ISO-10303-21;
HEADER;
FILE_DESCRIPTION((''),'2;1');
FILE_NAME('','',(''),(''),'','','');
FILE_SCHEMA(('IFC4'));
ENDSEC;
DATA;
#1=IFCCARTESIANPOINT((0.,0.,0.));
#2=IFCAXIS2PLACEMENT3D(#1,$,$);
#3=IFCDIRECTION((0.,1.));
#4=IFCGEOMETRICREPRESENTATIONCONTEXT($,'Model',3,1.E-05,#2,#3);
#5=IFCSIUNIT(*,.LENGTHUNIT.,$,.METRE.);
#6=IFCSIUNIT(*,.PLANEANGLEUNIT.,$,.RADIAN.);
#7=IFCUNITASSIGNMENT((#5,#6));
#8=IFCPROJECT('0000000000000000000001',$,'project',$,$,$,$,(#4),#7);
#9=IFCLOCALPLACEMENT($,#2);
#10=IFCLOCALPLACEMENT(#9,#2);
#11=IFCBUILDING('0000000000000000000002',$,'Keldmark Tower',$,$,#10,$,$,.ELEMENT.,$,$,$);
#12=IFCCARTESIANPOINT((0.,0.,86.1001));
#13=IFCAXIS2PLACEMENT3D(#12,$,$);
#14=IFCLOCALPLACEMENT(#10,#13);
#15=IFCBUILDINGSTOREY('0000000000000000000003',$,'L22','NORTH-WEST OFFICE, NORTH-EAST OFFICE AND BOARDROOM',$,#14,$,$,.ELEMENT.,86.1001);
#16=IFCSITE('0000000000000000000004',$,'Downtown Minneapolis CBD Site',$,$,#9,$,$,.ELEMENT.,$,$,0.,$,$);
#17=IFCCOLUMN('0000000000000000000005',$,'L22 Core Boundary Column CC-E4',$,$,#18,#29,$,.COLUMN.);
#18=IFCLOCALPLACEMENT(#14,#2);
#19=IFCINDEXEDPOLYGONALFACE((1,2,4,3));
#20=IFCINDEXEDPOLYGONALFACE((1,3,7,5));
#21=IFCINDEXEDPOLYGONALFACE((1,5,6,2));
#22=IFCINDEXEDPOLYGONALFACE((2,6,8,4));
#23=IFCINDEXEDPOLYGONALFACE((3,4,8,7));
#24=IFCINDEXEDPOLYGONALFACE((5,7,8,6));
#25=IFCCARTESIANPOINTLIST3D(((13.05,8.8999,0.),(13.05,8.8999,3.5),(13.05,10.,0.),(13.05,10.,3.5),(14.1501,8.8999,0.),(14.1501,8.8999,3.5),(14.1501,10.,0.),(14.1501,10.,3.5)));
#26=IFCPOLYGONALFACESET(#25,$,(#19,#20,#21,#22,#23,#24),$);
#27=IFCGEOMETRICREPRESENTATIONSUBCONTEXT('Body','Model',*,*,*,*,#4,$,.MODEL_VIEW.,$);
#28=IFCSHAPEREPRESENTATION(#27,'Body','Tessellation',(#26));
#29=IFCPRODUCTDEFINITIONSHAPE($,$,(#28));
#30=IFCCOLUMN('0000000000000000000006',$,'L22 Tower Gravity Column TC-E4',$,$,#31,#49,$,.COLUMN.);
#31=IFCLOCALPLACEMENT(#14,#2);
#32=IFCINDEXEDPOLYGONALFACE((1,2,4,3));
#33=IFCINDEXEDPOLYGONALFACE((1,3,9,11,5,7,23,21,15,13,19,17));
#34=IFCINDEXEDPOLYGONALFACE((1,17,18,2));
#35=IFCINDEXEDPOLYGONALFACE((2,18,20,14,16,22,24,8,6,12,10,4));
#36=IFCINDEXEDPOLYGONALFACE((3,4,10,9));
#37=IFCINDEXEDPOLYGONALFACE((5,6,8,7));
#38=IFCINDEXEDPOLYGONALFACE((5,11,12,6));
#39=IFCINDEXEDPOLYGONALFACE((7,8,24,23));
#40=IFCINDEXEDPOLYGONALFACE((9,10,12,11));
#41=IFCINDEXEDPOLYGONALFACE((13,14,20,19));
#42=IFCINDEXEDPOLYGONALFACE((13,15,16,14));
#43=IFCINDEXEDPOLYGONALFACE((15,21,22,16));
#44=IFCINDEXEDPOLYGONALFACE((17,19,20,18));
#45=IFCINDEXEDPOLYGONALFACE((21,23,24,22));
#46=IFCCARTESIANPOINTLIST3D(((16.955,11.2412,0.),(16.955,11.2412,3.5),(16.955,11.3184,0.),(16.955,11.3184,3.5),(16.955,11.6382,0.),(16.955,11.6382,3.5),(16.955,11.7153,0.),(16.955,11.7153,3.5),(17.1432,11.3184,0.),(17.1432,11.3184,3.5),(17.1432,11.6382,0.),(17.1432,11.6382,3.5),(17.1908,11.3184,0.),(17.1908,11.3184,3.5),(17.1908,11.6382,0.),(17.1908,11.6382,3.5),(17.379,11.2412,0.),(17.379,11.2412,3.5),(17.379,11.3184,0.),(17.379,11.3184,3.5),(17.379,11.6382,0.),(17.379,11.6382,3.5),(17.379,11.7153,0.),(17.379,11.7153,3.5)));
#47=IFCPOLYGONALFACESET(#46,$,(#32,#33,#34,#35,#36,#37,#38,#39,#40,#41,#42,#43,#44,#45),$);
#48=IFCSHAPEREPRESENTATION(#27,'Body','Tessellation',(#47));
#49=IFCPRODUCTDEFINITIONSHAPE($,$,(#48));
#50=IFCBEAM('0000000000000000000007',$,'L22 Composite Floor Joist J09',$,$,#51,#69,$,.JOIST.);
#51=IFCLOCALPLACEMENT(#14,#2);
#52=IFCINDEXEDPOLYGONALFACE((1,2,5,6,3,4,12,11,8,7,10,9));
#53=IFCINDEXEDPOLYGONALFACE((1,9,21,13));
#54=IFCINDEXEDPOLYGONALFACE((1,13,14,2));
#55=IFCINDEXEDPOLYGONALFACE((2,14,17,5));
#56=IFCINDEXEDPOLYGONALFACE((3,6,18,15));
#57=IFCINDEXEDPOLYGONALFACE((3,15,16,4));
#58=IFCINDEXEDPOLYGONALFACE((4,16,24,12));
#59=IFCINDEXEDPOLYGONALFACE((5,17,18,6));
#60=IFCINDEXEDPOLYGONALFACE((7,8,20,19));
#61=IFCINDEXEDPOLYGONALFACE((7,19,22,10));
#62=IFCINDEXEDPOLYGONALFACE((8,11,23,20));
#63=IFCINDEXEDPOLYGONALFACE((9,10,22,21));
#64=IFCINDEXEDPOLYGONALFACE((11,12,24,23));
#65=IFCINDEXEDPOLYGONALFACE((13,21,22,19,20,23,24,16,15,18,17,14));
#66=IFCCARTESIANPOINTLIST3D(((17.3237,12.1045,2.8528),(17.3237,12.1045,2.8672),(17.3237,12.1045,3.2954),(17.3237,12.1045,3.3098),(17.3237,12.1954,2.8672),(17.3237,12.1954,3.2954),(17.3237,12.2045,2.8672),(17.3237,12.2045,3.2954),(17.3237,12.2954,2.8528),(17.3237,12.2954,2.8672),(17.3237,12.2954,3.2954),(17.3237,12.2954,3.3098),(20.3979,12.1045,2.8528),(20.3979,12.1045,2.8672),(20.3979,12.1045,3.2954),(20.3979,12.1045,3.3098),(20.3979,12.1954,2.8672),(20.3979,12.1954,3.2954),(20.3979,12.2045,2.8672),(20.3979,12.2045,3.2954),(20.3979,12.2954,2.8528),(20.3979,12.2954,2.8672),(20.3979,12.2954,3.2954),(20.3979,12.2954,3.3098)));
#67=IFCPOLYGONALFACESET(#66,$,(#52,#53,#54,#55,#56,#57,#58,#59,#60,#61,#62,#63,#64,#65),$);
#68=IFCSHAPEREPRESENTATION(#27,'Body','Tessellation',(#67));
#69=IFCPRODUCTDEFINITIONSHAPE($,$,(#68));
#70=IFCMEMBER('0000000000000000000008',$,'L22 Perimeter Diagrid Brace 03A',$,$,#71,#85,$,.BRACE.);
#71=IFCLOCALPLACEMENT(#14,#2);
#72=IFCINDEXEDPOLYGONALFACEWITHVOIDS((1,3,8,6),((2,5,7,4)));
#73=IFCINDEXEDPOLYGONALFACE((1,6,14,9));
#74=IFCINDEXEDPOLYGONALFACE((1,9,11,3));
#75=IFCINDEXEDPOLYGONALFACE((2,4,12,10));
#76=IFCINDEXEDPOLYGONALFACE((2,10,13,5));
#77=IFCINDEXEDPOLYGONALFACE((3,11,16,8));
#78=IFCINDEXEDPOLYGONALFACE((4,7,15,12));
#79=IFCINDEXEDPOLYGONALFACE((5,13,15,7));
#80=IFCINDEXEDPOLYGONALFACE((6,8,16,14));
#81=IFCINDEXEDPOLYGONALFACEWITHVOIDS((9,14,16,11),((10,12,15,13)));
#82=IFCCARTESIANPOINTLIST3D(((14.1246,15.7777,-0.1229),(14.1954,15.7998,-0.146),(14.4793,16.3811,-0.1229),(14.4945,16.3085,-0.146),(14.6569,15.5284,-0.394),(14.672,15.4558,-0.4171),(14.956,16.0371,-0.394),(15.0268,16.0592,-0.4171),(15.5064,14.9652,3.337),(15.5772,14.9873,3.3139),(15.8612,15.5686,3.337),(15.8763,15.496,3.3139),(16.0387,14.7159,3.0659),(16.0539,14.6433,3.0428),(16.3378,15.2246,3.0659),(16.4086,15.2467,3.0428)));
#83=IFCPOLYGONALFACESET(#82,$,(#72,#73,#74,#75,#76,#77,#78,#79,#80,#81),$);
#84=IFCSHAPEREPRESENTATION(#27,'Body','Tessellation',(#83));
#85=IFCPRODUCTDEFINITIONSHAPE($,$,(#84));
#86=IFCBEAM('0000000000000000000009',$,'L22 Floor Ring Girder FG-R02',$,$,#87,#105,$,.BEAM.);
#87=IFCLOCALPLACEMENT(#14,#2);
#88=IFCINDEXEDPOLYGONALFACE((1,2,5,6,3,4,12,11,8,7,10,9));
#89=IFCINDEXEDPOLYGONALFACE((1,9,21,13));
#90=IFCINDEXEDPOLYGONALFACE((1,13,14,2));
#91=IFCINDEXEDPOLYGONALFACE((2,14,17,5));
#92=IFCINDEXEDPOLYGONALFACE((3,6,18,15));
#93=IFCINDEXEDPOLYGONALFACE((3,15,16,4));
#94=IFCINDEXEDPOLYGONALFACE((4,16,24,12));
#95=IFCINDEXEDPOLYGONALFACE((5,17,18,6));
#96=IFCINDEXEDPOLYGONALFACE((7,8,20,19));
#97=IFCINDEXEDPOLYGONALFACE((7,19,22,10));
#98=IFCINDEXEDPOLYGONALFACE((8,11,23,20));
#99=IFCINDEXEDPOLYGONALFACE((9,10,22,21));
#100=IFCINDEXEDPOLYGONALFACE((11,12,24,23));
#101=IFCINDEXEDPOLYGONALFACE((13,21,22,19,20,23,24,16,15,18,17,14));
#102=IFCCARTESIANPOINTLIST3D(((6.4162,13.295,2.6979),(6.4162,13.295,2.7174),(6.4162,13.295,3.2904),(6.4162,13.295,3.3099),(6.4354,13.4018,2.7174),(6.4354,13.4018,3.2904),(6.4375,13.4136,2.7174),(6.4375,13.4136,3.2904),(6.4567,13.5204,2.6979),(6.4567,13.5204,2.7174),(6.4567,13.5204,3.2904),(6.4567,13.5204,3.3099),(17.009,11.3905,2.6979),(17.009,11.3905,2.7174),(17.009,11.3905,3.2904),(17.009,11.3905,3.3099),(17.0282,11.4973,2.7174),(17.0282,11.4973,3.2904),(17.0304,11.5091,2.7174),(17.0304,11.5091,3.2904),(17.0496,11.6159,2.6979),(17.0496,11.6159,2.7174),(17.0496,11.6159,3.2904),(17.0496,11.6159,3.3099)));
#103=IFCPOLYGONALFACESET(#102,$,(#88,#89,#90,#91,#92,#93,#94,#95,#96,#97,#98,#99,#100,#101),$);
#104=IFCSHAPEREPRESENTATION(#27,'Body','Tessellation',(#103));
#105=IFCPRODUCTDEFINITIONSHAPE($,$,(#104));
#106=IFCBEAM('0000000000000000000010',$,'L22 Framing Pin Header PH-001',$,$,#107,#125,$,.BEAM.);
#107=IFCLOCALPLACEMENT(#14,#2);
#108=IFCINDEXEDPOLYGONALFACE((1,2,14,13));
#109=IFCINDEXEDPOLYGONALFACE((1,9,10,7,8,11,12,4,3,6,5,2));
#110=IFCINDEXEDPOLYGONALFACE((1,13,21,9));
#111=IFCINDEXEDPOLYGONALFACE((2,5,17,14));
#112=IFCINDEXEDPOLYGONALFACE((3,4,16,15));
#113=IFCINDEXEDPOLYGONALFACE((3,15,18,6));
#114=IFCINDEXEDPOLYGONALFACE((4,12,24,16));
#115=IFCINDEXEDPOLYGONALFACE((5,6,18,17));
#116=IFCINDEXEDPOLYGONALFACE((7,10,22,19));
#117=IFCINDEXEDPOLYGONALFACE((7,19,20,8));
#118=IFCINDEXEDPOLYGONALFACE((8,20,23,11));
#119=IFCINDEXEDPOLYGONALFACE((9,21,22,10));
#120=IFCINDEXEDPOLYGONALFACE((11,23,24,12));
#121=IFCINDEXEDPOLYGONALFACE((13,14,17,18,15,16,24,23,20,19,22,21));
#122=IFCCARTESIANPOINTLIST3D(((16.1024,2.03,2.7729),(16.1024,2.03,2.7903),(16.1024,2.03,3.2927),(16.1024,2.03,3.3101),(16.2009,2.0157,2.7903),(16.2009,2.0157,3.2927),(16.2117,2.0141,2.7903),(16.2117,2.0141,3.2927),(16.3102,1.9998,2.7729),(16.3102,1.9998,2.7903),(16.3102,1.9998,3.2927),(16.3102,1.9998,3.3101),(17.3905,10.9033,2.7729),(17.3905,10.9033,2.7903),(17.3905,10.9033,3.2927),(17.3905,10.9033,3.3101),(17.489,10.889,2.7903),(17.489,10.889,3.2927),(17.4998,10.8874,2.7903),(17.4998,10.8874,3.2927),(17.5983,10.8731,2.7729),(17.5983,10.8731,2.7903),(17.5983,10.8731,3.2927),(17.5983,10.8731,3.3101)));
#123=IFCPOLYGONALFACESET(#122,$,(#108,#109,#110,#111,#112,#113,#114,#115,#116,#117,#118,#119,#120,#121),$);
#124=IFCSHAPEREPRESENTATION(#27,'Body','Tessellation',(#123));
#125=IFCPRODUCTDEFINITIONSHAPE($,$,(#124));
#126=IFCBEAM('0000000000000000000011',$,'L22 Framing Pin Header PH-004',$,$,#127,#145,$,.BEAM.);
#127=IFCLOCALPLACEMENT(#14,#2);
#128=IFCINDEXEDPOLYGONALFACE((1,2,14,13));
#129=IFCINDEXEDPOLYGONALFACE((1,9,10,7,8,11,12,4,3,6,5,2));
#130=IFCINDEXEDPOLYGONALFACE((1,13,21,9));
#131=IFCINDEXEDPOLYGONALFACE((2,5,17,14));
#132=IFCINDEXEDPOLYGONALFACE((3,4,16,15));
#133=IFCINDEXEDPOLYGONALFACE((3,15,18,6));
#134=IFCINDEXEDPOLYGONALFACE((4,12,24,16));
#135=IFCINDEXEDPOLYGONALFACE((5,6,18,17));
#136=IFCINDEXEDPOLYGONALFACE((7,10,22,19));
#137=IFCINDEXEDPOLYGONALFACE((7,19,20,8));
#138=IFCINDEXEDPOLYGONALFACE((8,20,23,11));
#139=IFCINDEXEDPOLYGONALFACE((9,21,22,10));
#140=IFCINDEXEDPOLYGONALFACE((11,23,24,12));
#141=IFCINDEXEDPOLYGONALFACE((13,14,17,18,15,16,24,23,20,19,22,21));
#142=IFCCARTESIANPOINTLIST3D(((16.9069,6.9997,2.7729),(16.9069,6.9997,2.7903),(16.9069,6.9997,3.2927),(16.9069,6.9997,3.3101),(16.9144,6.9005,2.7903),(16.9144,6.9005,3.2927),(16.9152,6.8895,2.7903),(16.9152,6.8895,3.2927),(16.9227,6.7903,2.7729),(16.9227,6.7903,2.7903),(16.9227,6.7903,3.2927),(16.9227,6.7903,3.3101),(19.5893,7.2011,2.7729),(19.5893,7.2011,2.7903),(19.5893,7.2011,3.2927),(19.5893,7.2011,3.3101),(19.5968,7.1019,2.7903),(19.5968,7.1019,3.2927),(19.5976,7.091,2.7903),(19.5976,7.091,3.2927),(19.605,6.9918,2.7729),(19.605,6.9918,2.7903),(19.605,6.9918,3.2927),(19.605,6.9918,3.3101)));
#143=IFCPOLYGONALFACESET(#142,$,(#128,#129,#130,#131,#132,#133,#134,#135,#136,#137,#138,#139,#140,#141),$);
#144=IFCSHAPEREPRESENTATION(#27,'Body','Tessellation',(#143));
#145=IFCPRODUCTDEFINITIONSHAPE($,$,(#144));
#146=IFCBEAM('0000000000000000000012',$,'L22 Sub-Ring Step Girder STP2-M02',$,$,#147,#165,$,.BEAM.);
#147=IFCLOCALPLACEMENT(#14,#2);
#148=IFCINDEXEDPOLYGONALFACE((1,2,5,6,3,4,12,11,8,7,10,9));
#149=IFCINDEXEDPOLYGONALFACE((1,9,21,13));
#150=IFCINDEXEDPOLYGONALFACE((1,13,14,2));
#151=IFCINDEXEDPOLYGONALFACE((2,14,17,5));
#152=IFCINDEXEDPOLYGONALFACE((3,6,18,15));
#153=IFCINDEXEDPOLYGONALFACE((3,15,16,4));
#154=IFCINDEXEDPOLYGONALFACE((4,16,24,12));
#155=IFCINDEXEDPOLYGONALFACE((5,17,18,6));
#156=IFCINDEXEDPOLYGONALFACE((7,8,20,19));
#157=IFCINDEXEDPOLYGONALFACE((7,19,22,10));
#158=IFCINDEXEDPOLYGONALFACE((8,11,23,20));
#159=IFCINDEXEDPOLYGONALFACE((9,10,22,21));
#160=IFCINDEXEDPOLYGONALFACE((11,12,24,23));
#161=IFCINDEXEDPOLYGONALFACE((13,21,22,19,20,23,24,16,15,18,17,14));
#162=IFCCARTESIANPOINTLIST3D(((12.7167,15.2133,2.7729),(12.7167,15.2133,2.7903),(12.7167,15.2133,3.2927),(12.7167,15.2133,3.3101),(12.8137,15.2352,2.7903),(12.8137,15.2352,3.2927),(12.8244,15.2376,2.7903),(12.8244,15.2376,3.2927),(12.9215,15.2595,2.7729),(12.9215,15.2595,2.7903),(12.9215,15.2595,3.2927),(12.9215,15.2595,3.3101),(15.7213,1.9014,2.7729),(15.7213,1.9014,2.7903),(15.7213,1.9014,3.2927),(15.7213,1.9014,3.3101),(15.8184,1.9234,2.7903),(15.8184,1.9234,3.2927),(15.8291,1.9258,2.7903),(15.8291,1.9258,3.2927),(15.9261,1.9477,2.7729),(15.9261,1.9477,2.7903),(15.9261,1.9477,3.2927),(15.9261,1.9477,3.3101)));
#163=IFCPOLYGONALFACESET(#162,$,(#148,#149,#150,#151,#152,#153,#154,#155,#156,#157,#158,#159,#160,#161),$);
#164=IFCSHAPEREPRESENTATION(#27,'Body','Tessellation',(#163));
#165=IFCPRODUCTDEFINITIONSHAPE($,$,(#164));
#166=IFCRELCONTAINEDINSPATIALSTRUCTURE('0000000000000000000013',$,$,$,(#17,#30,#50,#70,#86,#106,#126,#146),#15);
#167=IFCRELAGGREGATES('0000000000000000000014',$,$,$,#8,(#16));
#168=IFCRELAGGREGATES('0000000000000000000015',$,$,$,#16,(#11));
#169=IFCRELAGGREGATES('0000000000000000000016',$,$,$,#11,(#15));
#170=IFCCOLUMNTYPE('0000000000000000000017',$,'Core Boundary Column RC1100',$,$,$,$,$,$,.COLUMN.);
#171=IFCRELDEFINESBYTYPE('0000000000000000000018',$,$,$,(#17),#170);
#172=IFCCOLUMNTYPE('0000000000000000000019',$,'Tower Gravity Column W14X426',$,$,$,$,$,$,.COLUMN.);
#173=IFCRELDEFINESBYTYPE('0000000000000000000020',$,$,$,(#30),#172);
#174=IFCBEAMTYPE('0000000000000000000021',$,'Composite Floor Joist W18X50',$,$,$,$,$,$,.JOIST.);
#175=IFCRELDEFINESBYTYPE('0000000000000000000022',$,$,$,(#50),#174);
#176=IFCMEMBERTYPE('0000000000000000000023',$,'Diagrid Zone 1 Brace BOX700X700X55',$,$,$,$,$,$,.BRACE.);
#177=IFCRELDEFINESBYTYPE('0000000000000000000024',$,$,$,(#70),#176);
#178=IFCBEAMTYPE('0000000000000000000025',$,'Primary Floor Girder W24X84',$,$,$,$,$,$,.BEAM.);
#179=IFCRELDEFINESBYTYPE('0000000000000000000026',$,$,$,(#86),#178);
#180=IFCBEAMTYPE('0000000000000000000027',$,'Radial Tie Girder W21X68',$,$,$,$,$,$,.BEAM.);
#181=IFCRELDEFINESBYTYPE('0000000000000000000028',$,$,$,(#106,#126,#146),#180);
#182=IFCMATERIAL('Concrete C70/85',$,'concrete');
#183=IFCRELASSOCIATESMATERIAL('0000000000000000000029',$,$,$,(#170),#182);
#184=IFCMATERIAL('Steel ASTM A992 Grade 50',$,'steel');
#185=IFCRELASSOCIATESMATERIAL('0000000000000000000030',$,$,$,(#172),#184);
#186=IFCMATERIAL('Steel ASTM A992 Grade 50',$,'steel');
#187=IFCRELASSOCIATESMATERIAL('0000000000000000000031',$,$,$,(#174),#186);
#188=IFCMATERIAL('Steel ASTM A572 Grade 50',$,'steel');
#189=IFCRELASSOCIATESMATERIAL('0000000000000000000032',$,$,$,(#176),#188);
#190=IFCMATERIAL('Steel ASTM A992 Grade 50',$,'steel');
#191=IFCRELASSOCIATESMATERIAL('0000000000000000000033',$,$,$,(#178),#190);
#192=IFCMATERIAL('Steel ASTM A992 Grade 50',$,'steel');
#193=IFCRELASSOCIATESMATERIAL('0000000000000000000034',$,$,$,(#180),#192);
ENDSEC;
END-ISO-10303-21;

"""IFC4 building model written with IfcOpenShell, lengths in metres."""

from ifc_helpers import new_model, si_unit, direction, frame, origin, origin_2d, place, context, subcontext, project, spatial, rectangle, hollow_rectangle, i_section, extrude, material, material_profile, profile_set, type_object, element, save


model = new_model("IFC4")

# Units and contexts
model_context = context("Model", 3, precision=1e-05, world=origin(), true_north=direction((0.0, 1.0)))
body_context = subcontext(model_context, "Body", "Model", "MODEL_VIEW")
ifc_project = project(units=[si_unit("LENGTHUNIT", "METRE"), si_unit("PLANEANGLEUNIT", "RADIAN")], contexts=[model_context])

# Site, building, storey
site_placement = place(None, origin())
site = spatial("IfcSite", under=ifc_project, at=site_placement, Name="Downtown Minneapolis CBD Site", CompositionType="ELEMENT", RefElevation=0.0)
building_placement = place(site_placement, origin())
building = spatial("IfcBuilding", under=site, at=building_placement, Name="Keldmark Tower", CompositionType="ELEMENT")
storey_placement = place(building_placement, frame((0.0, 0.0, 86.1001)))
storey = spatial("IfcBuildingStorey", under=building, at=storey_placement, Name="L22", Description="NORTH-WEST OFFICE, NORTH-EAST OFFICE AND BOARDROOM", CompositionType="ELEMENT", Elevation=86.1001)

# Columns
ifc_material_1 = material(Name="Concrete C70/85", Category="concrete")
ifc_material_profile_1 = material_profile(ifc_material_1, rectangle(XDim=1.1001, YDim=1.1001, at=origin_2d()), Name="RC1100X1100")
ifc_profile_set_1 = profile_set([ifc_material_profile_1], Name="Concrete C70/85")
column_type_1 = type_object("IfcColumnType", Name="Core Boundary Column RC1100", PredefinedType="COLUMN", material=ifc_profile_set_1)
column_1_placement = place(storey_placement, frame((13.6001, 9.45, 0.0), z_axis=(0.0, 0.0, 1.0), x_axis=(1.0, 0.0, 0.0)))
element("IfcColumn", 1, at=column_1_placement, inside=storey, type_object=column_type_1, Name="L22 Core Boundary Column CC-E4", PredefinedType="COLUMN", context=body_context, shape_type="SweptSolid", body=[
    extrude(rectangle(XDim=1.1001, YDim=1.1001, at=origin_2d()), origin(), (0.0, 0.0, 1.0), 3.5),
])
ifc_material_2 = material(Name="Steel ASTM A992 Grade 50", Category="steel")
ifc_material_profile_2 = material_profile(ifc_material_2, i_section(OverallWidth=0.4241, OverallDepth=0.4741, WebThickness=0.0476, FlangeThickness=0.0771, at=origin_2d()), Name="W14X426")
ifc_profile_set_2 = profile_set([ifc_material_profile_2], Name="Steel ASTM A992 Grade 50")
column_type_2 = type_object("IfcColumnType", Name="Tower Gravity Column W14X426", PredefinedType="COLUMN", material=ifc_profile_set_2)
column_2_placement = place(storey_placement, frame((17.167, 11.4783, 0.0), z_axis=(0.0, 0.0, 1.0), x_axis=(1.0, 0.0, 0.0)))
element("IfcColumn", 2, at=column_2_placement, inside=storey, type_object=column_type_2, Name="L22 Tower Gravity Column TC-E4", PredefinedType="COLUMN", context=body_context, shape_type="SweptSolid", body=[
    extrude(i_section(OverallWidth=0.4241, OverallDepth=0.4741, WebThickness=0.0476, FlangeThickness=0.0771, at=origin_2d()), origin(), (0.0, 0.0, 1.0), 3.5),
])

# Beam
ifc_material_3 = material(Name="Steel ASTM A992 Grade 50", Category="steel")
ifc_material_profile_3 = material_profile(ifc_material_3, i_section(OverallWidth=0.1909, OverallDepth=0.457, WebThickness=0.009, FlangeThickness=0.0144, at=origin_2d()), Name="W18X50")
ifc_profile_set_3 = profile_set([ifc_material_profile_3], Name="Steel ASTM A992 Grade 50")
beam_type_1 = type_object("IfcBeamType", Name="Composite Floor Joist W18X50", PredefinedType="JOIST", material=ifc_profile_set_3)
beam_1_placement = place(storey_placement, frame((17.3237, 12.2, 3.0813), z_axis=(1.0, 0.0, 0.0), x_axis=(0.0, 1.0, 0.0)))
element("IfcBeam", 3, at=beam_1_placement, inside=storey, type_object=beam_type_1, Name="L22 Composite Floor Joist J09", PredefinedType="JOIST", context=body_context, shape_type="SweptSolid", body=[
    extrude(i_section(OverallWidth=0.1909, OverallDepth=0.457, WebThickness=0.009, FlangeThickness=0.0144, at=origin_2d()), origin(), (0.0, 0.0, 1.0), 3.0742),
])

# Member
ifc_material_4 = material(Name="Steel ASTM A572 Grade 50", Category="steel")
ifc_material_profile_4 = material_profile(ifc_material_4, hollow_rectangle(XDim=0.7, YDim=0.7, WallThickness=0.0549, at=origin_2d()), Name="BOX700X700X55")
ifc_profile_set_4 = profile_set([ifc_material_profile_4], Name="Steel ASTM A572 Grade 50")
member_type = type_object("IfcMemberType", Name="Diagrid Zone 1 Brace BOX700X700X55", PredefinedType="BRACE", material=ifc_profile_set_4)
member_placement = place(storey_placement, frame((14.5757, 15.9185, -0.27), z_axis=(0.362376, -0.213072, 0.90735), x_axis=(0.50686, 0.862028, 0.0)))
element("IfcMember", 4, at=member_placement, inside=storey, type_object=member_type, Name="L22 Perimeter Diagrid Brace 03A", PredefinedType="BRACE", context=body_context, shape_type="SweptSolid", body=[
    extrude(hollow_rectangle(XDim=0.7, YDim=0.7, WallThickness=0.0549, at=origin_2d()), origin(), (0.0, 0.0, 1.0), 3.8132),
])

# Beams
ifc_material_5 = material(Name="Steel ASTM A992 Grade 50", Category="steel")
ifc_material_profile_5 = material_profile(ifc_material_5, i_section(OverallWidth=0.229, OverallDepth=0.6121, WebThickness=0.012, FlangeThickness=0.0195, at=origin_2d()), Name="W24X84")
ifc_profile_set_5 = profile_set([ifc_material_profile_5], Name="Steel ASTM A992 Grade 50")
beam_type_2 = type_object("IfcBeamType", Name="Primary Floor Girder W24X84", PredefinedType="BEAM", material=ifc_profile_set_5)
beam_2_placement = place(storey_placement, frame((17.0293, 11.5032, 3.0039), z_axis=(-0.984218, 0.176959, 0.0), x_axis=(-0.176959, -0.984218, 0.0)))
element("IfcBeam", 5, at=beam_2_placement, inside=storey, type_object=beam_type_2, Name="L22 Floor Ring Girder FG-R02", PredefinedType="BEAM", context=body_context, shape_type="SweptSolid", body=[
    extrude(i_section(OverallWidth=0.229, OverallDepth=0.6121, WebThickness=0.012, FlangeThickness=0.0195, at=origin_2d()), origin(), (0.0, 0.0, 1.0), 10.7627),
])
ifc_material_6 = material(Name="Steel ASTM A992 Grade 50", Category="steel")
ifc_material_profile_6 = material_profile(ifc_material_6, i_section(OverallWidth=0.21, OverallDepth=0.5371, WebThickness=0.011, FlangeThickness=0.0173, at=origin_2d()), Name="W21X68")
ifc_profile_set_6 = profile_set([ifc_material_profile_6], Name="Steel ASTM A992 Grade 50")
beam_type_3 = type_object("IfcBeamType", Name="Radial Tie Girder W21X68", PredefinedType="BEAM", material=ifc_profile_set_6)
beam_3_placement = place(storey_placement, frame((16.2063, 2.0149, 3.0415), z_axis=(0.143659, 0.989627, 0.0), x_axis=(-0.989627, 0.143659, 0.0)))
element("IfcBeam", 6, at=beam_3_placement, inside=storey, type_object=beam_type_3, Name="L22 Framing Pin Header PH-001", PredefinedType="BEAM", context=body_context, shape_type="SweptSolid", body=[
    extrude(i_section(OverallWidth=0.21, OverallDepth=0.5371, WebThickness=0.011, FlangeThickness=0.0173, at=origin_2d()), origin(), (0.0, 0.0, 1.0), 8.9663),
])
beam_4_placement = place(storey_placement, frame((16.9148, 6.895, 3.0415), z_axis=(0.997193, 0.074878, 0.0), x_axis=(-0.074878, 0.997193, 0.0)))
element("IfcBeam", 7, at=beam_4_placement, inside=storey, type_object=beam_type_3, Name="L22 Framing Pin Header PH-004", PredefinedType="BEAM", context=body_context, shape_type="SweptSolid", body=[
    extrude(i_section(OverallWidth=0.21, OverallDepth=0.5371, WebThickness=0.011, FlangeThickness=0.0173, at=origin_2d()), origin(), (0.0, 0.0, 1.0), 2.6899),
])
beam_5_placement = place(storey_placement, frame((15.8237, 1.9246, 3.0415), z_axis=(-0.220174, 0.975461, 0.0), x_axis=(-0.975461, -0.220174, 0.0)))
element("IfcBeam", 8, at=beam_5_placement, inside=storey, type_object=beam_type_3, Name="L22 Sub-Ring Step Girder STP2-M02", PredefinedType="BEAM", context=body_context, shape_type="SweptSolid", body=[
    extrude(i_section(OverallWidth=0.21, OverallDepth=0.5371, WebThickness=0.011, FlangeThickness=0.0173, at=origin_2d()), origin(), (0.0, 0.0, 1.0), 13.6467),
])

save(model, "model.ifc")
